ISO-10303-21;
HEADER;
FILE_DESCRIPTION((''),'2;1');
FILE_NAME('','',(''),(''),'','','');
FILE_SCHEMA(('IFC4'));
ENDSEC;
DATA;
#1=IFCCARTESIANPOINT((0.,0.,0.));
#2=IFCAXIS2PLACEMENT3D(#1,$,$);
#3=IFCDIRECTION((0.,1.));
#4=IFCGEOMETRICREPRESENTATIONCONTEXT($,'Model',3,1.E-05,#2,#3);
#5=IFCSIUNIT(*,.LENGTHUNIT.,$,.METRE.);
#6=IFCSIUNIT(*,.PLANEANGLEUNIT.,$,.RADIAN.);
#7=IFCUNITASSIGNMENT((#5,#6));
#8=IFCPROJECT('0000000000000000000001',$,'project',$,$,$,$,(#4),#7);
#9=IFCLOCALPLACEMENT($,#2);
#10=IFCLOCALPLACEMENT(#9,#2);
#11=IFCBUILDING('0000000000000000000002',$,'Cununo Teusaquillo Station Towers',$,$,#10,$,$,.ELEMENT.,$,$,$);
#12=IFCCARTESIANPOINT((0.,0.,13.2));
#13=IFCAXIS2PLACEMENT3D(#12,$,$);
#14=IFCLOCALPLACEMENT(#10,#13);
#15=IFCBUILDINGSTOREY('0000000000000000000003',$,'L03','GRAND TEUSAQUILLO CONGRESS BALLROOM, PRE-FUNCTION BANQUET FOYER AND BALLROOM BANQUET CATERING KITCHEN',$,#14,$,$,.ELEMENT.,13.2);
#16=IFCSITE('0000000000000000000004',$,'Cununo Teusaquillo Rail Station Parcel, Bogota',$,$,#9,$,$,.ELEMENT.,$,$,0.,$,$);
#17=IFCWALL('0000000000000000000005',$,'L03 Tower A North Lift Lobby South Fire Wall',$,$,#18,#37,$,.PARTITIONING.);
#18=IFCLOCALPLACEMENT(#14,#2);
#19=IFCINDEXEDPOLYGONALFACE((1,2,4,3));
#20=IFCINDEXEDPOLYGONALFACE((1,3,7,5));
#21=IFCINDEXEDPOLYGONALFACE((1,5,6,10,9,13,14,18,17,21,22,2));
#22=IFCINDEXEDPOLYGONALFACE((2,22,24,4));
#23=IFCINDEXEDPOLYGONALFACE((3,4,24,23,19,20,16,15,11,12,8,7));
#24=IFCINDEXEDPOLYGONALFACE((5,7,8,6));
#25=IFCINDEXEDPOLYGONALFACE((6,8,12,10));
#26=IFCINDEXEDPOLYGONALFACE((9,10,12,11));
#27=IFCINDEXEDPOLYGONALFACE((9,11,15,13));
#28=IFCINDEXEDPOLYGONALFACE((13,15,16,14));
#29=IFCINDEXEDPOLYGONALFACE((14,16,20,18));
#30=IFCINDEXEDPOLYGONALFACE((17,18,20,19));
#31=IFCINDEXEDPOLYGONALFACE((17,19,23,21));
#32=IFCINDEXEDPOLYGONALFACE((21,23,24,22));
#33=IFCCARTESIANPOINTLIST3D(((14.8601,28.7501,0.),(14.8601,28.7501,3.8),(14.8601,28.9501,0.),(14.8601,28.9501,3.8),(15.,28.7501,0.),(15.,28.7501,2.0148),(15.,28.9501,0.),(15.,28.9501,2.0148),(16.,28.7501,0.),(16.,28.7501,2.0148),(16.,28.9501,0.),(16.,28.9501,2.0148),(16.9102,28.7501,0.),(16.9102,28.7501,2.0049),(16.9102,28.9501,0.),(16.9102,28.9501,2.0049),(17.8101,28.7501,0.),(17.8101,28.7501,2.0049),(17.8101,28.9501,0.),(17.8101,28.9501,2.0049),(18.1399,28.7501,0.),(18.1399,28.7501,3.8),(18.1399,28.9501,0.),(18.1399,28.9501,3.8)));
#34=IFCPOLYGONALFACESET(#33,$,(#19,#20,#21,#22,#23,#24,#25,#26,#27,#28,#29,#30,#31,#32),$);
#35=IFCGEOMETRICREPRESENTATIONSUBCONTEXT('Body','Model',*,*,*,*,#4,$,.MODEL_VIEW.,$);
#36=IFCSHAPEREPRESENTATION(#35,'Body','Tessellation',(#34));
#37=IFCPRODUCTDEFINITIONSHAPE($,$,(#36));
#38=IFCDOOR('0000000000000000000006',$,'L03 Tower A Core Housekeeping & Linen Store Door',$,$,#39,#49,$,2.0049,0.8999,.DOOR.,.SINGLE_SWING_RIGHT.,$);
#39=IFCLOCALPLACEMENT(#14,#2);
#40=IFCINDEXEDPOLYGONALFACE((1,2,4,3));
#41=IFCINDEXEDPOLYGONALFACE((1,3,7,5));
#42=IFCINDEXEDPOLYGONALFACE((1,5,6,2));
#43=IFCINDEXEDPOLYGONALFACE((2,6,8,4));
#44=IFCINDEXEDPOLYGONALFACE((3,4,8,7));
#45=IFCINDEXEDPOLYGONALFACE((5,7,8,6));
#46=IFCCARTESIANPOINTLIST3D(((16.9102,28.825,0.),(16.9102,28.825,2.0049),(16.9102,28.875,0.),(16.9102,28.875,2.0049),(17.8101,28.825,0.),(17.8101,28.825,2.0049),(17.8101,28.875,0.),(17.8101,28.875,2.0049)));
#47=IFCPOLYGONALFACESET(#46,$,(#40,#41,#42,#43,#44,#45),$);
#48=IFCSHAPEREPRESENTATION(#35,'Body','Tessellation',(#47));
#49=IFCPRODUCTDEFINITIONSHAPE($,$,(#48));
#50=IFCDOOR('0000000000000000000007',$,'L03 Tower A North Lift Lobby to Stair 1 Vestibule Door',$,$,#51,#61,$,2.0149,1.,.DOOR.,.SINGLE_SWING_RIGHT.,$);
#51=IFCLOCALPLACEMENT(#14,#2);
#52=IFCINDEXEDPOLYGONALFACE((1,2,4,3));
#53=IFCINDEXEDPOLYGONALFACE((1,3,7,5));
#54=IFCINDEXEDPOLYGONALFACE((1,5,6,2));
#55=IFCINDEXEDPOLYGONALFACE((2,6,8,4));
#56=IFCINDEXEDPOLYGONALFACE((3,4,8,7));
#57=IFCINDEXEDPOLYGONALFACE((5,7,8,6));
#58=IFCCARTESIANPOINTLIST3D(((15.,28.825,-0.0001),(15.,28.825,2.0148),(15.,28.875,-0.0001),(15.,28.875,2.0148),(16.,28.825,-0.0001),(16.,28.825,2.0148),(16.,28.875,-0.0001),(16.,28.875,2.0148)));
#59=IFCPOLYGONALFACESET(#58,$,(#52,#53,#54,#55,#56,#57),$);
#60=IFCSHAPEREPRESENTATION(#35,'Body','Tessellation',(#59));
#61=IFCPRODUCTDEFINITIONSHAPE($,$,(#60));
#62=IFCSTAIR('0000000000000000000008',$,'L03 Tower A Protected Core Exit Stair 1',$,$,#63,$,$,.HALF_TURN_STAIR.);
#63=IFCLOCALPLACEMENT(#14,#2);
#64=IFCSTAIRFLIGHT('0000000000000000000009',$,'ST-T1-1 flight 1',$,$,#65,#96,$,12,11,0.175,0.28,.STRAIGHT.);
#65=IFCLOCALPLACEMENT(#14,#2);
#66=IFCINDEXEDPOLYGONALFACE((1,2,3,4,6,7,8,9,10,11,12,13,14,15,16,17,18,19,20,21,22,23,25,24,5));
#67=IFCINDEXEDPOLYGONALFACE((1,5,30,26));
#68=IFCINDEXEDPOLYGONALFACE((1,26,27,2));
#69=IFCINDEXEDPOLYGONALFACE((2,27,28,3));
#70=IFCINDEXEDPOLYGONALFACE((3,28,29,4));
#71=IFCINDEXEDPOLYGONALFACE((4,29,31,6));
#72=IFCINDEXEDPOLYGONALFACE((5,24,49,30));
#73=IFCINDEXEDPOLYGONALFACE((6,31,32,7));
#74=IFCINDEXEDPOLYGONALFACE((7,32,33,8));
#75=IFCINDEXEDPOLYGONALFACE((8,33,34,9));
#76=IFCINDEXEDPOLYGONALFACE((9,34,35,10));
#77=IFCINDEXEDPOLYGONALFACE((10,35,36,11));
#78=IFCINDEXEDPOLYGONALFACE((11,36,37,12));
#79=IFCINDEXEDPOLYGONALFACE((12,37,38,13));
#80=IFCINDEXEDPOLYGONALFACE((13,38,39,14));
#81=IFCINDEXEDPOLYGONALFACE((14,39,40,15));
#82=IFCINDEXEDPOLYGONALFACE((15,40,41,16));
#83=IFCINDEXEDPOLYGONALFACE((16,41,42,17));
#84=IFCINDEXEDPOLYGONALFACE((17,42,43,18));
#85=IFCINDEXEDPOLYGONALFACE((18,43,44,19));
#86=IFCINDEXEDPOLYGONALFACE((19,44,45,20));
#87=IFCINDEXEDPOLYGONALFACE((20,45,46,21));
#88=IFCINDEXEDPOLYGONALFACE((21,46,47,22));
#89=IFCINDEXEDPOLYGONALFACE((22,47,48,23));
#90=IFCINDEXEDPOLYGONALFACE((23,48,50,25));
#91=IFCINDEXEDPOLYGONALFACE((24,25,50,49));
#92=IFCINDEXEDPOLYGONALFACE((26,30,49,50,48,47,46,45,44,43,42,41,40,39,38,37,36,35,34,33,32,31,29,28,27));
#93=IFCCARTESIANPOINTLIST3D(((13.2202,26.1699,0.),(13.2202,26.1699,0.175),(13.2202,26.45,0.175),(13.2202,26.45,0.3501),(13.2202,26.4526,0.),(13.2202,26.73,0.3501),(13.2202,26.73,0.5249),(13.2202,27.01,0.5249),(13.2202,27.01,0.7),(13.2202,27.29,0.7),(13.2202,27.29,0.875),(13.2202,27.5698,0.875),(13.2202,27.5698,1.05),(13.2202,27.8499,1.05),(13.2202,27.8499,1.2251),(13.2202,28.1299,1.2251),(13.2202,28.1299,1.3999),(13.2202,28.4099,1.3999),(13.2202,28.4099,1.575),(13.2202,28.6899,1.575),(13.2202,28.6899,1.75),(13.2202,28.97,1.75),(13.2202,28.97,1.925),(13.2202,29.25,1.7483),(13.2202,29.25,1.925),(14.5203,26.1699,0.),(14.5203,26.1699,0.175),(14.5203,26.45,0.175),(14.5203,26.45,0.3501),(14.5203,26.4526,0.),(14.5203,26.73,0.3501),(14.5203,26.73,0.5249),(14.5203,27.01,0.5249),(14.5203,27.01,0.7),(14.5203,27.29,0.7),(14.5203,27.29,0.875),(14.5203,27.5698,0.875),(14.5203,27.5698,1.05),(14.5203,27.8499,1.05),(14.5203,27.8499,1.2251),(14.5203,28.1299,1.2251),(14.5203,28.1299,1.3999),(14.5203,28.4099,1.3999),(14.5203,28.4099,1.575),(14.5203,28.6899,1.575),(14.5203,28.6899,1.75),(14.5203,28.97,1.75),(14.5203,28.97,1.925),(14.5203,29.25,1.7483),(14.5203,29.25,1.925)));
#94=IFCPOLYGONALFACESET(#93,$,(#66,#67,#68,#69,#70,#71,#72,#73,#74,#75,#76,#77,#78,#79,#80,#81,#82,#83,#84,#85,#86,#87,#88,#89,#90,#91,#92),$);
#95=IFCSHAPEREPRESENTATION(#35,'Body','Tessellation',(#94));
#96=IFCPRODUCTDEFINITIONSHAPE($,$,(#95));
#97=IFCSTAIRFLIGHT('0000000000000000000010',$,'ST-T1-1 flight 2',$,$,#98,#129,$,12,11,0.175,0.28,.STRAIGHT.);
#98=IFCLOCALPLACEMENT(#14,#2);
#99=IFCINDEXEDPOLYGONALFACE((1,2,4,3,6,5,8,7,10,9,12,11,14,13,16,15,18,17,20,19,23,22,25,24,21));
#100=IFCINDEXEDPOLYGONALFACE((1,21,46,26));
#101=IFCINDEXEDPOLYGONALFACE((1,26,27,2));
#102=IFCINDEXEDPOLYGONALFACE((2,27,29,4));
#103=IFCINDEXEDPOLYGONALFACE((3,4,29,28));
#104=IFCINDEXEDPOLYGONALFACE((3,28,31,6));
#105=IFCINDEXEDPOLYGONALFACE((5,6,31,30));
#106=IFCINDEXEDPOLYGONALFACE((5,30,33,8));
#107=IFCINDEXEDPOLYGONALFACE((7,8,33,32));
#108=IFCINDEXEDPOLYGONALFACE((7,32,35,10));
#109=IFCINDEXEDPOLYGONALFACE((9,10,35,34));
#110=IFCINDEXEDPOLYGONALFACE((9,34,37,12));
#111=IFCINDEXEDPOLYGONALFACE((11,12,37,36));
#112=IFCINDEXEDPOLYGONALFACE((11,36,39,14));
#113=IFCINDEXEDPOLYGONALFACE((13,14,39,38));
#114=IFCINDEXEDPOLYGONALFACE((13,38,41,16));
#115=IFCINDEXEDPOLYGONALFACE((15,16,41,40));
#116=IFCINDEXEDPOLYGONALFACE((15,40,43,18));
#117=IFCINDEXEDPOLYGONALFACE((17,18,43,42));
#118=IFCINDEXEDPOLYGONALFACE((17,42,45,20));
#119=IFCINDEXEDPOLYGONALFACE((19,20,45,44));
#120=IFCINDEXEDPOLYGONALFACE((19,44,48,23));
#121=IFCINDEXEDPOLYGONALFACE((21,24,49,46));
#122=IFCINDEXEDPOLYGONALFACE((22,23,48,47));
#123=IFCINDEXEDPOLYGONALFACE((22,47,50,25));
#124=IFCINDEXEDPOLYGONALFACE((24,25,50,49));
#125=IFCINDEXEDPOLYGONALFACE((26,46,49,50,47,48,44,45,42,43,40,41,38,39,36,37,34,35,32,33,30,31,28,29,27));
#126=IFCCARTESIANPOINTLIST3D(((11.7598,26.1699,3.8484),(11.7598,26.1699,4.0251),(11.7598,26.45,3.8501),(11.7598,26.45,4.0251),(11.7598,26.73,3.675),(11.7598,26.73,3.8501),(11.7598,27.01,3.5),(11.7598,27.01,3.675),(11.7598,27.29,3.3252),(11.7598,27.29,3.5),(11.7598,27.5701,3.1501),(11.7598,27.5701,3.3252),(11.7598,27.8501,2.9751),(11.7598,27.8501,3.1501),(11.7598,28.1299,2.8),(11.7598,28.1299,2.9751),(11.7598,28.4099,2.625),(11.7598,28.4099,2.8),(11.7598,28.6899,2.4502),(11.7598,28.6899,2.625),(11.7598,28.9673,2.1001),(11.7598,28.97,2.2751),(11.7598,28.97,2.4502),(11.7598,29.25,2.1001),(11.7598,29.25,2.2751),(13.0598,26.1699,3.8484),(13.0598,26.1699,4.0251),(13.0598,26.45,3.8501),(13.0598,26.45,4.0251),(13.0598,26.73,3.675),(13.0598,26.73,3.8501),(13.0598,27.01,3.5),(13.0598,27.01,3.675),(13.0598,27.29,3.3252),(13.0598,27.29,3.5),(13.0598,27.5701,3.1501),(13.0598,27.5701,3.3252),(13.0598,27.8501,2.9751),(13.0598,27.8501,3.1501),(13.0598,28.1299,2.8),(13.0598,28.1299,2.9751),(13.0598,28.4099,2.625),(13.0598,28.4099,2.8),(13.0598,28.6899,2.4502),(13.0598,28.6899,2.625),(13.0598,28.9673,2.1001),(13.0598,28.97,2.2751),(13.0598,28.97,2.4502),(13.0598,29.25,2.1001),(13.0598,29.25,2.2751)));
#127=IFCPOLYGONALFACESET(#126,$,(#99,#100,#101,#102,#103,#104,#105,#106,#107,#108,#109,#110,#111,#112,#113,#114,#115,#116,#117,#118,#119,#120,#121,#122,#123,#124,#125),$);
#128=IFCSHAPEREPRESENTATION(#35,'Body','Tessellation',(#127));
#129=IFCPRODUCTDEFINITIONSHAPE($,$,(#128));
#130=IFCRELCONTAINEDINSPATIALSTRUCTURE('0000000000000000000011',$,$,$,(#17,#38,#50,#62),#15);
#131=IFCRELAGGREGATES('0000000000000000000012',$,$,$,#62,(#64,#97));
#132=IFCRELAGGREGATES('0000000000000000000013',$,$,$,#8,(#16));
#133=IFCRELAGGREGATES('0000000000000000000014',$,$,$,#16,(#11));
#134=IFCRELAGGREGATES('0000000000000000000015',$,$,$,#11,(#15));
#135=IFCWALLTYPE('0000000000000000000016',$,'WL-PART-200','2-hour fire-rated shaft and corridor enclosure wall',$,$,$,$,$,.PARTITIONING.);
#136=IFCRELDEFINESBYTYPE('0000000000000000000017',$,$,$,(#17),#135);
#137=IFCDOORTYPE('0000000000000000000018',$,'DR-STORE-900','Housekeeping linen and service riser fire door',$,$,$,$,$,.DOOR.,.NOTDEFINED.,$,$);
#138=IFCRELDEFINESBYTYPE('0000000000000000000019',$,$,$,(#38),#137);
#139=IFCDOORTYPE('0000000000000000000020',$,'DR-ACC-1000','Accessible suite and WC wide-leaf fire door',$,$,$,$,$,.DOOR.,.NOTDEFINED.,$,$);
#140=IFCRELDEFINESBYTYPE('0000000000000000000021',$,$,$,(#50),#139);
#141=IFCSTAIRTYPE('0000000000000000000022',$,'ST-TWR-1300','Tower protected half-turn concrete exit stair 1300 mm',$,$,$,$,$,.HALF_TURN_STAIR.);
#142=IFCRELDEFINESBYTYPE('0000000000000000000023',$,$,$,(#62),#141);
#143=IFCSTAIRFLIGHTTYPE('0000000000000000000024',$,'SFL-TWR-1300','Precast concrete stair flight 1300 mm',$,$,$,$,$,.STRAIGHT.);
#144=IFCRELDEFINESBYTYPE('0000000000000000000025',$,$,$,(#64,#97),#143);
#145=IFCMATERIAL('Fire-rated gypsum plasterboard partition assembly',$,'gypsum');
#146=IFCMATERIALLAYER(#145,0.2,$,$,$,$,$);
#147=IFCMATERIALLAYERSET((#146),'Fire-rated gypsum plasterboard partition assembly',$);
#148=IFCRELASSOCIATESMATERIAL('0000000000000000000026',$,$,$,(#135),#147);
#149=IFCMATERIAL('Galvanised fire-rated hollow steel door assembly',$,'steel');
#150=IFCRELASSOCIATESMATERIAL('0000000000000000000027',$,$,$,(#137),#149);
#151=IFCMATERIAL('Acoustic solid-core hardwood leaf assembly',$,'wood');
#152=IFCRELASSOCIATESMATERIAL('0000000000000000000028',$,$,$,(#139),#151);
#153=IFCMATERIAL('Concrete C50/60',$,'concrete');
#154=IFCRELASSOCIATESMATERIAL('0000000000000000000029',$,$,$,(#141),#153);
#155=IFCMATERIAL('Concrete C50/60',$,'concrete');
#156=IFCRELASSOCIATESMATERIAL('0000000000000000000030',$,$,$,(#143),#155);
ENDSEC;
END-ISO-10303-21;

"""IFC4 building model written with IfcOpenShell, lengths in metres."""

from ifc_helpers import new_model, si_unit, direction, frame, frame_2d, origin, place, context, subcontext, project, spatial, polyline, rectangle, outline, extrude, source, transform, mapped, material, layer, layer_set, type_object, element, fill, aggregate, save


model = new_model("IFC4")

# Units and contexts
model_context = context("Model", 3, precision=1e-05, world=origin(), true_north=direction((0.0, 1.0)))
body_context = subcontext(model_context, "Body", "Model", "MODEL_VIEW")
ifc_project = project(units=[si_unit("LENGTHUNIT", "METRE"), si_unit("PLANEANGLEUNIT", "RADIAN")], contexts=[model_context])

# Site, building, storey
site_placement = place(None, origin())
site = spatial("IfcSite", under=ifc_project, at=site_placement, Name="Cununo Teusaquillo Rail Station Parcel, Bogota", CompositionType="ELEMENT", RefElevation=0.0)
building_placement = place(site_placement, origin())
building = spatial("IfcBuilding", under=site, at=building_placement, Name="Cununo Teusaquillo Station Towers", CompositionType="ELEMENT")
storey_placement = place(building_placement, frame((0.0, 0.0, 13.2)))
storey = spatial("IfcBuildingStorey", under=building, at=storey_placement, Name="L03", Description="GRAND TEUSAQUILLO CONGRESS BALLROOM, PRE-FUNCTION BANQUET FOYER AND BALLROOM BANQUET CATERING KITCHEN", CompositionType="ELEMENT", Elevation=13.2)

# Shared definitions
ifc_material_1 = material(Name="Fire-rated gypsum plasterboard partition assembly", Category="gypsum")
ifc_layer_1 = layer(ifc_material_1, 0.2)
ifc_layer_set_1 = layer_set([ifc_layer_1], Name="Fire-rated gypsum plasterboard partition assembly")
wall_type_1 = type_object("IfcWallType", Name="WL-PART-200", Description="2-hour fire-rated shaft and corridor enclosure wall", PredefinedType="PARTITIONING", material=ifc_layer_set_1)
shared_shape_1 = source(origin(), body_context, "Body", "SweptSolid", [
    extrude(rectangle(XDim=0.8999, YDim=2.0049, at=frame_2d((0.45, 1.0024))), frame((0.0, 0.1099, 0.0), z_axis=(0.0, -1.0, 0.0), x_axis=(1.0, 0.0, 0.0)), (0.0, 0.0, 1.0), 0.22),
])
ifc_material_2 = material(Name="Galvanised fire-rated hollow steel door assembly", Category="steel")
door_type_1 = type_object("IfcDoorType", Name="DR-STORE-900", Description="Housekeeping linen and service riser fire door", OperationType="NOTDEFINED", PredefinedType="DOOR", material=ifc_material_2)
shared_shape_2 = source(origin(), body_context, "Body", "SweptSolid", [
    extrude(rectangle(XDim=0.8999, YDim=2.0049, at=frame_2d((0.45, 1.0024))), frame((0.0, 0.0249, 0.0), z_axis=(0.0, -1.0, 0.0), x_axis=(1.0, 0.0, 0.0)), (0.0, 0.0, 1.0), 0.05),
])

# Wall, openings, doors
wall_1_placement = place(storey_placement, frame((14.8601, 28.8501, 0.0), z_axis=(0.0, 0.0, 1.0), x_axis=(1.0, 0.0, 0.0)))
wall_1 = element("IfcWall", 1, at=wall_1_placement, inside=storey, type_object=wall_type_1, Name="L03 Tower A North Lift Lobby South Fire Wall", PredefinedType="PARTITIONING", context=body_context, shape_type="SweptSolid", body=[
    extrude(rectangle(XDim=3.2798, YDim=0.2, at=frame_2d((1.6399, 0.0))), origin(), (0.0, 0.0, 1.0), 3.8),
])
shared_shape_3 = source(origin(), body_context, "Body", "SweptSolid", [
    extrude(rectangle(XDim=1.0, YDim=2.0149, at=frame_2d((0.5, 1.0073))), frame((0.0, 0.1099, 0.0), z_axis=(0.0, -1.0, 0.0), x_axis=(1.0, 0.0, 0.0)), (0.0, 0.0, 1.0), 0.22),
])
opening_1_placement = place(wall_1_placement, frame((0.1399, 0.0, 0.0)))
opening_1 = element("IfcOpeningElement", 2, at=opening_1_placement, cuts=wall_1, PredefinedType="OPENING", context=body_context, shape_type="MappedRepresentation", body=[
    mapped(shared_shape_3, transform((0.0, 0.0, 0.0), x_axis=(1.0, 0.0, 0.0), y_axis=(0.0, 1.0, 0.0), z_axis=(0.0, 0.0, 1.0), scale=1.0)),
])
opening_2_placement = place(wall_1_placement, frame((2.05, 0.0, 0.0)))
opening_2 = element("IfcOpeningElement", 3, at=opening_2_placement, cuts=wall_1, PredefinedType="OPENING", context=body_context, shape_type="MappedRepresentation", body=[
    mapped(shared_shape_1, transform((0.0, 0.0, 0.0), x_axis=(1.0, 0.0, 0.0), y_axis=(0.0, 1.0, 0.0), z_axis=(0.0, 0.0, 1.0), scale=1.0)),
])
door_1_placement = place(opening_2_placement, origin())
door_1 = element("IfcDoor", 4, at=door_1_placement, inside=storey, type_object=door_type_1, Name="L03 Tower A Core Housekeeping & Linen Store Door", OperationType="SINGLE_SWING_RIGHT", OverallHeight=2.0049, OverallWidth=0.8999, PredefinedType="DOOR", context=body_context, shape_type="MappedRepresentation", body=[
    mapped(shared_shape_2, transform((0.0, 0.0, 0.0), x_axis=(1.0, 0.0, 0.0), y_axis=(0.0, 1.0, 0.0), z_axis=(0.0, 0.0, 1.0), scale=1.0)),
])
fill(opening_2, door_1)
ifc_material_3 = material(Name="Acoustic solid-core hardwood leaf assembly", Category="wood")
door_type_2 = type_object("IfcDoorType", Name="DR-ACC-1000", Description="Accessible suite and WC wide-leaf fire door", OperationType="NOTDEFINED", PredefinedType="DOOR", material=ifc_material_3)
shared_shape_4 = source(origin(), body_context, "Body", "SweptSolid", [
    extrude(rectangle(XDim=1.0, YDim=2.0149, at=frame_2d((0.5, 1.0073))), frame((0.0, 0.0249, 0.0), z_axis=(0.0, -1.0, 0.0), x_axis=(1.0, 0.0, 0.0)), (0.0, 0.0, 1.0), 0.05),
])
door_2_placement = place(opening_1_placement, origin())
door_2 = element("IfcDoor", 5, at=door_2_placement, inside=storey, type_object=door_type_2, Name="L03 Tower A North Lift Lobby to Stair 1 Vestibule Door", OperationType="SINGLE_SWING_RIGHT", OverallHeight=2.0149, OverallWidth=1.0, PredefinedType="DOOR", context=body_context, shape_type="MappedRepresentation", body=[
    mapped(shared_shape_4, transform((0.0, 0.0, 0.0), x_axis=(1.0, 0.0, 0.0), y_axis=(0.0, 1.0, 0.0), z_axis=(0.0, 0.0, 1.0), scale=1.0)),
])
fill(opening_1, door_2)

# Stair, stair flights
ifc_material_4 = material(Name="Concrete C50/60", Category="concrete")
stair_type = type_object("IfcStairType", Name="ST-TWR-1300", Description="Tower protected half-turn concrete exit stair 1300 mm", PredefinedType="HALF_TURN_STAIR", material=ifc_material_4)
stair_placement = place(storey_placement, origin())
stair = element("IfcStair", 6, at=stair_placement, inside=storey, type_object=stair_type, Name="L03 Tower A Protected Core Exit Stair 1", PredefinedType="HALF_TURN_STAIR")
ifc_material_5 = material(Name="Concrete C50/60", Category="concrete")
stair_flight_type = type_object("IfcStairFlightType", Name="SFL-TWR-1300", Description="Precast concrete stair flight 1300 mm", PredefinedType="STRAIGHT", material=ifc_material_5)
stair_flight_1_placement = place(storey_placement, frame((13.8701, 26.1699, 0.0), z_axis=(0.0, 0.0, 1.0), x_axis=(0.0, 1.0, 0.0)))
stair_flight_1 = element("IfcStairFlight", 7, at=stair_flight_1_placement, type_object=stair_flight_type, Name="ST-T1-1 flight 1", NumberOfRisers=12, NumberOfTreads=11, PredefinedType="STRAIGHT", RiserHeight=0.175, TreadLength=0.28, context=body_context, shape_type="SweptSolid", body=[
    extrude(outline(polyline([(0.0, 0.0), (0.0, 0.175), (0.28, 0.175), (0.28, 0.3501), (0.5601, 0.3501), (0.5601, 0.5249), (0.8401, 0.5249), (0.8401, 0.7), (1.1201, 0.7), (1.1201, 0.875), (1.3999, 0.875), (1.3999, 1.05), (1.6799, 1.05), (1.6799, 1.2251), (1.96, 1.2251), (1.96, 1.3999), (2.24, 1.3999), (2.24, 1.575), (2.52, 1.575), (2.52, 1.75), (2.8, 1.75), (2.8, 1.925), (3.0801, 1.925), (3.0801, 2.1001), (3.0801, 1.7483), (0.2827, 0.0), (0.0, 0.0)])), frame((0.0, 0.6499, 0.0), z_axis=(0.0, -1.0, 0.0), x_axis=(1.0, 0.0, 0.0)), (0.0, 0.0, 1.0), 1.3),
])
stair_flight_2_placement = place(storey_placement, frame((12.4099, 29.25, 2.1001), z_axis=(0.0, 0.0, 1.0), x_axis=(0.0, -1.0, 0.0)))
stair_flight_2 = element("IfcStairFlight", 8, at=stair_flight_2_placement, type_object=stair_flight_type, Name="ST-T1-1 flight 2", NumberOfRisers=12, NumberOfTreads=11, PredefinedType="STRAIGHT", RiserHeight=0.175, TreadLength=0.28, context=body_context, shape_type="SweptSolid", body=[
    extrude(outline(polyline([(0.0, 0.0), (0.0, 0.175), (0.28, 0.175), (0.28, 0.3501), (0.5601, 0.3501), (0.5601, 0.5249), (0.8401, 0.5249), (0.8401, 0.7), (1.1201, 0.7), (1.1201, 0.875), (1.3999, 0.875), (1.3999, 1.05), (1.6799, 1.05), (1.6799, 1.2251), (1.96, 1.2251), (1.96, 1.3999), (2.24, 1.3999), (2.24, 1.575), (2.52, 1.575), (2.52, 1.75), (2.8, 1.75), (2.8, 1.925), (3.0801, 1.925), (3.0801, 2.1001), (3.0801, 1.7483), (0.2827, 0.0), (0.0, 0.0)])), frame((0.0, 0.6499, 0.0), z_axis=(0.0, -1.0, 0.0), x_axis=(1.0, 0.0, 0.0)), (0.0, 0.0, 1.0), 1.3),
])
aggregate(stair, [stair_flight_1, stair_flight_2])

save(model, "model.ifc")
